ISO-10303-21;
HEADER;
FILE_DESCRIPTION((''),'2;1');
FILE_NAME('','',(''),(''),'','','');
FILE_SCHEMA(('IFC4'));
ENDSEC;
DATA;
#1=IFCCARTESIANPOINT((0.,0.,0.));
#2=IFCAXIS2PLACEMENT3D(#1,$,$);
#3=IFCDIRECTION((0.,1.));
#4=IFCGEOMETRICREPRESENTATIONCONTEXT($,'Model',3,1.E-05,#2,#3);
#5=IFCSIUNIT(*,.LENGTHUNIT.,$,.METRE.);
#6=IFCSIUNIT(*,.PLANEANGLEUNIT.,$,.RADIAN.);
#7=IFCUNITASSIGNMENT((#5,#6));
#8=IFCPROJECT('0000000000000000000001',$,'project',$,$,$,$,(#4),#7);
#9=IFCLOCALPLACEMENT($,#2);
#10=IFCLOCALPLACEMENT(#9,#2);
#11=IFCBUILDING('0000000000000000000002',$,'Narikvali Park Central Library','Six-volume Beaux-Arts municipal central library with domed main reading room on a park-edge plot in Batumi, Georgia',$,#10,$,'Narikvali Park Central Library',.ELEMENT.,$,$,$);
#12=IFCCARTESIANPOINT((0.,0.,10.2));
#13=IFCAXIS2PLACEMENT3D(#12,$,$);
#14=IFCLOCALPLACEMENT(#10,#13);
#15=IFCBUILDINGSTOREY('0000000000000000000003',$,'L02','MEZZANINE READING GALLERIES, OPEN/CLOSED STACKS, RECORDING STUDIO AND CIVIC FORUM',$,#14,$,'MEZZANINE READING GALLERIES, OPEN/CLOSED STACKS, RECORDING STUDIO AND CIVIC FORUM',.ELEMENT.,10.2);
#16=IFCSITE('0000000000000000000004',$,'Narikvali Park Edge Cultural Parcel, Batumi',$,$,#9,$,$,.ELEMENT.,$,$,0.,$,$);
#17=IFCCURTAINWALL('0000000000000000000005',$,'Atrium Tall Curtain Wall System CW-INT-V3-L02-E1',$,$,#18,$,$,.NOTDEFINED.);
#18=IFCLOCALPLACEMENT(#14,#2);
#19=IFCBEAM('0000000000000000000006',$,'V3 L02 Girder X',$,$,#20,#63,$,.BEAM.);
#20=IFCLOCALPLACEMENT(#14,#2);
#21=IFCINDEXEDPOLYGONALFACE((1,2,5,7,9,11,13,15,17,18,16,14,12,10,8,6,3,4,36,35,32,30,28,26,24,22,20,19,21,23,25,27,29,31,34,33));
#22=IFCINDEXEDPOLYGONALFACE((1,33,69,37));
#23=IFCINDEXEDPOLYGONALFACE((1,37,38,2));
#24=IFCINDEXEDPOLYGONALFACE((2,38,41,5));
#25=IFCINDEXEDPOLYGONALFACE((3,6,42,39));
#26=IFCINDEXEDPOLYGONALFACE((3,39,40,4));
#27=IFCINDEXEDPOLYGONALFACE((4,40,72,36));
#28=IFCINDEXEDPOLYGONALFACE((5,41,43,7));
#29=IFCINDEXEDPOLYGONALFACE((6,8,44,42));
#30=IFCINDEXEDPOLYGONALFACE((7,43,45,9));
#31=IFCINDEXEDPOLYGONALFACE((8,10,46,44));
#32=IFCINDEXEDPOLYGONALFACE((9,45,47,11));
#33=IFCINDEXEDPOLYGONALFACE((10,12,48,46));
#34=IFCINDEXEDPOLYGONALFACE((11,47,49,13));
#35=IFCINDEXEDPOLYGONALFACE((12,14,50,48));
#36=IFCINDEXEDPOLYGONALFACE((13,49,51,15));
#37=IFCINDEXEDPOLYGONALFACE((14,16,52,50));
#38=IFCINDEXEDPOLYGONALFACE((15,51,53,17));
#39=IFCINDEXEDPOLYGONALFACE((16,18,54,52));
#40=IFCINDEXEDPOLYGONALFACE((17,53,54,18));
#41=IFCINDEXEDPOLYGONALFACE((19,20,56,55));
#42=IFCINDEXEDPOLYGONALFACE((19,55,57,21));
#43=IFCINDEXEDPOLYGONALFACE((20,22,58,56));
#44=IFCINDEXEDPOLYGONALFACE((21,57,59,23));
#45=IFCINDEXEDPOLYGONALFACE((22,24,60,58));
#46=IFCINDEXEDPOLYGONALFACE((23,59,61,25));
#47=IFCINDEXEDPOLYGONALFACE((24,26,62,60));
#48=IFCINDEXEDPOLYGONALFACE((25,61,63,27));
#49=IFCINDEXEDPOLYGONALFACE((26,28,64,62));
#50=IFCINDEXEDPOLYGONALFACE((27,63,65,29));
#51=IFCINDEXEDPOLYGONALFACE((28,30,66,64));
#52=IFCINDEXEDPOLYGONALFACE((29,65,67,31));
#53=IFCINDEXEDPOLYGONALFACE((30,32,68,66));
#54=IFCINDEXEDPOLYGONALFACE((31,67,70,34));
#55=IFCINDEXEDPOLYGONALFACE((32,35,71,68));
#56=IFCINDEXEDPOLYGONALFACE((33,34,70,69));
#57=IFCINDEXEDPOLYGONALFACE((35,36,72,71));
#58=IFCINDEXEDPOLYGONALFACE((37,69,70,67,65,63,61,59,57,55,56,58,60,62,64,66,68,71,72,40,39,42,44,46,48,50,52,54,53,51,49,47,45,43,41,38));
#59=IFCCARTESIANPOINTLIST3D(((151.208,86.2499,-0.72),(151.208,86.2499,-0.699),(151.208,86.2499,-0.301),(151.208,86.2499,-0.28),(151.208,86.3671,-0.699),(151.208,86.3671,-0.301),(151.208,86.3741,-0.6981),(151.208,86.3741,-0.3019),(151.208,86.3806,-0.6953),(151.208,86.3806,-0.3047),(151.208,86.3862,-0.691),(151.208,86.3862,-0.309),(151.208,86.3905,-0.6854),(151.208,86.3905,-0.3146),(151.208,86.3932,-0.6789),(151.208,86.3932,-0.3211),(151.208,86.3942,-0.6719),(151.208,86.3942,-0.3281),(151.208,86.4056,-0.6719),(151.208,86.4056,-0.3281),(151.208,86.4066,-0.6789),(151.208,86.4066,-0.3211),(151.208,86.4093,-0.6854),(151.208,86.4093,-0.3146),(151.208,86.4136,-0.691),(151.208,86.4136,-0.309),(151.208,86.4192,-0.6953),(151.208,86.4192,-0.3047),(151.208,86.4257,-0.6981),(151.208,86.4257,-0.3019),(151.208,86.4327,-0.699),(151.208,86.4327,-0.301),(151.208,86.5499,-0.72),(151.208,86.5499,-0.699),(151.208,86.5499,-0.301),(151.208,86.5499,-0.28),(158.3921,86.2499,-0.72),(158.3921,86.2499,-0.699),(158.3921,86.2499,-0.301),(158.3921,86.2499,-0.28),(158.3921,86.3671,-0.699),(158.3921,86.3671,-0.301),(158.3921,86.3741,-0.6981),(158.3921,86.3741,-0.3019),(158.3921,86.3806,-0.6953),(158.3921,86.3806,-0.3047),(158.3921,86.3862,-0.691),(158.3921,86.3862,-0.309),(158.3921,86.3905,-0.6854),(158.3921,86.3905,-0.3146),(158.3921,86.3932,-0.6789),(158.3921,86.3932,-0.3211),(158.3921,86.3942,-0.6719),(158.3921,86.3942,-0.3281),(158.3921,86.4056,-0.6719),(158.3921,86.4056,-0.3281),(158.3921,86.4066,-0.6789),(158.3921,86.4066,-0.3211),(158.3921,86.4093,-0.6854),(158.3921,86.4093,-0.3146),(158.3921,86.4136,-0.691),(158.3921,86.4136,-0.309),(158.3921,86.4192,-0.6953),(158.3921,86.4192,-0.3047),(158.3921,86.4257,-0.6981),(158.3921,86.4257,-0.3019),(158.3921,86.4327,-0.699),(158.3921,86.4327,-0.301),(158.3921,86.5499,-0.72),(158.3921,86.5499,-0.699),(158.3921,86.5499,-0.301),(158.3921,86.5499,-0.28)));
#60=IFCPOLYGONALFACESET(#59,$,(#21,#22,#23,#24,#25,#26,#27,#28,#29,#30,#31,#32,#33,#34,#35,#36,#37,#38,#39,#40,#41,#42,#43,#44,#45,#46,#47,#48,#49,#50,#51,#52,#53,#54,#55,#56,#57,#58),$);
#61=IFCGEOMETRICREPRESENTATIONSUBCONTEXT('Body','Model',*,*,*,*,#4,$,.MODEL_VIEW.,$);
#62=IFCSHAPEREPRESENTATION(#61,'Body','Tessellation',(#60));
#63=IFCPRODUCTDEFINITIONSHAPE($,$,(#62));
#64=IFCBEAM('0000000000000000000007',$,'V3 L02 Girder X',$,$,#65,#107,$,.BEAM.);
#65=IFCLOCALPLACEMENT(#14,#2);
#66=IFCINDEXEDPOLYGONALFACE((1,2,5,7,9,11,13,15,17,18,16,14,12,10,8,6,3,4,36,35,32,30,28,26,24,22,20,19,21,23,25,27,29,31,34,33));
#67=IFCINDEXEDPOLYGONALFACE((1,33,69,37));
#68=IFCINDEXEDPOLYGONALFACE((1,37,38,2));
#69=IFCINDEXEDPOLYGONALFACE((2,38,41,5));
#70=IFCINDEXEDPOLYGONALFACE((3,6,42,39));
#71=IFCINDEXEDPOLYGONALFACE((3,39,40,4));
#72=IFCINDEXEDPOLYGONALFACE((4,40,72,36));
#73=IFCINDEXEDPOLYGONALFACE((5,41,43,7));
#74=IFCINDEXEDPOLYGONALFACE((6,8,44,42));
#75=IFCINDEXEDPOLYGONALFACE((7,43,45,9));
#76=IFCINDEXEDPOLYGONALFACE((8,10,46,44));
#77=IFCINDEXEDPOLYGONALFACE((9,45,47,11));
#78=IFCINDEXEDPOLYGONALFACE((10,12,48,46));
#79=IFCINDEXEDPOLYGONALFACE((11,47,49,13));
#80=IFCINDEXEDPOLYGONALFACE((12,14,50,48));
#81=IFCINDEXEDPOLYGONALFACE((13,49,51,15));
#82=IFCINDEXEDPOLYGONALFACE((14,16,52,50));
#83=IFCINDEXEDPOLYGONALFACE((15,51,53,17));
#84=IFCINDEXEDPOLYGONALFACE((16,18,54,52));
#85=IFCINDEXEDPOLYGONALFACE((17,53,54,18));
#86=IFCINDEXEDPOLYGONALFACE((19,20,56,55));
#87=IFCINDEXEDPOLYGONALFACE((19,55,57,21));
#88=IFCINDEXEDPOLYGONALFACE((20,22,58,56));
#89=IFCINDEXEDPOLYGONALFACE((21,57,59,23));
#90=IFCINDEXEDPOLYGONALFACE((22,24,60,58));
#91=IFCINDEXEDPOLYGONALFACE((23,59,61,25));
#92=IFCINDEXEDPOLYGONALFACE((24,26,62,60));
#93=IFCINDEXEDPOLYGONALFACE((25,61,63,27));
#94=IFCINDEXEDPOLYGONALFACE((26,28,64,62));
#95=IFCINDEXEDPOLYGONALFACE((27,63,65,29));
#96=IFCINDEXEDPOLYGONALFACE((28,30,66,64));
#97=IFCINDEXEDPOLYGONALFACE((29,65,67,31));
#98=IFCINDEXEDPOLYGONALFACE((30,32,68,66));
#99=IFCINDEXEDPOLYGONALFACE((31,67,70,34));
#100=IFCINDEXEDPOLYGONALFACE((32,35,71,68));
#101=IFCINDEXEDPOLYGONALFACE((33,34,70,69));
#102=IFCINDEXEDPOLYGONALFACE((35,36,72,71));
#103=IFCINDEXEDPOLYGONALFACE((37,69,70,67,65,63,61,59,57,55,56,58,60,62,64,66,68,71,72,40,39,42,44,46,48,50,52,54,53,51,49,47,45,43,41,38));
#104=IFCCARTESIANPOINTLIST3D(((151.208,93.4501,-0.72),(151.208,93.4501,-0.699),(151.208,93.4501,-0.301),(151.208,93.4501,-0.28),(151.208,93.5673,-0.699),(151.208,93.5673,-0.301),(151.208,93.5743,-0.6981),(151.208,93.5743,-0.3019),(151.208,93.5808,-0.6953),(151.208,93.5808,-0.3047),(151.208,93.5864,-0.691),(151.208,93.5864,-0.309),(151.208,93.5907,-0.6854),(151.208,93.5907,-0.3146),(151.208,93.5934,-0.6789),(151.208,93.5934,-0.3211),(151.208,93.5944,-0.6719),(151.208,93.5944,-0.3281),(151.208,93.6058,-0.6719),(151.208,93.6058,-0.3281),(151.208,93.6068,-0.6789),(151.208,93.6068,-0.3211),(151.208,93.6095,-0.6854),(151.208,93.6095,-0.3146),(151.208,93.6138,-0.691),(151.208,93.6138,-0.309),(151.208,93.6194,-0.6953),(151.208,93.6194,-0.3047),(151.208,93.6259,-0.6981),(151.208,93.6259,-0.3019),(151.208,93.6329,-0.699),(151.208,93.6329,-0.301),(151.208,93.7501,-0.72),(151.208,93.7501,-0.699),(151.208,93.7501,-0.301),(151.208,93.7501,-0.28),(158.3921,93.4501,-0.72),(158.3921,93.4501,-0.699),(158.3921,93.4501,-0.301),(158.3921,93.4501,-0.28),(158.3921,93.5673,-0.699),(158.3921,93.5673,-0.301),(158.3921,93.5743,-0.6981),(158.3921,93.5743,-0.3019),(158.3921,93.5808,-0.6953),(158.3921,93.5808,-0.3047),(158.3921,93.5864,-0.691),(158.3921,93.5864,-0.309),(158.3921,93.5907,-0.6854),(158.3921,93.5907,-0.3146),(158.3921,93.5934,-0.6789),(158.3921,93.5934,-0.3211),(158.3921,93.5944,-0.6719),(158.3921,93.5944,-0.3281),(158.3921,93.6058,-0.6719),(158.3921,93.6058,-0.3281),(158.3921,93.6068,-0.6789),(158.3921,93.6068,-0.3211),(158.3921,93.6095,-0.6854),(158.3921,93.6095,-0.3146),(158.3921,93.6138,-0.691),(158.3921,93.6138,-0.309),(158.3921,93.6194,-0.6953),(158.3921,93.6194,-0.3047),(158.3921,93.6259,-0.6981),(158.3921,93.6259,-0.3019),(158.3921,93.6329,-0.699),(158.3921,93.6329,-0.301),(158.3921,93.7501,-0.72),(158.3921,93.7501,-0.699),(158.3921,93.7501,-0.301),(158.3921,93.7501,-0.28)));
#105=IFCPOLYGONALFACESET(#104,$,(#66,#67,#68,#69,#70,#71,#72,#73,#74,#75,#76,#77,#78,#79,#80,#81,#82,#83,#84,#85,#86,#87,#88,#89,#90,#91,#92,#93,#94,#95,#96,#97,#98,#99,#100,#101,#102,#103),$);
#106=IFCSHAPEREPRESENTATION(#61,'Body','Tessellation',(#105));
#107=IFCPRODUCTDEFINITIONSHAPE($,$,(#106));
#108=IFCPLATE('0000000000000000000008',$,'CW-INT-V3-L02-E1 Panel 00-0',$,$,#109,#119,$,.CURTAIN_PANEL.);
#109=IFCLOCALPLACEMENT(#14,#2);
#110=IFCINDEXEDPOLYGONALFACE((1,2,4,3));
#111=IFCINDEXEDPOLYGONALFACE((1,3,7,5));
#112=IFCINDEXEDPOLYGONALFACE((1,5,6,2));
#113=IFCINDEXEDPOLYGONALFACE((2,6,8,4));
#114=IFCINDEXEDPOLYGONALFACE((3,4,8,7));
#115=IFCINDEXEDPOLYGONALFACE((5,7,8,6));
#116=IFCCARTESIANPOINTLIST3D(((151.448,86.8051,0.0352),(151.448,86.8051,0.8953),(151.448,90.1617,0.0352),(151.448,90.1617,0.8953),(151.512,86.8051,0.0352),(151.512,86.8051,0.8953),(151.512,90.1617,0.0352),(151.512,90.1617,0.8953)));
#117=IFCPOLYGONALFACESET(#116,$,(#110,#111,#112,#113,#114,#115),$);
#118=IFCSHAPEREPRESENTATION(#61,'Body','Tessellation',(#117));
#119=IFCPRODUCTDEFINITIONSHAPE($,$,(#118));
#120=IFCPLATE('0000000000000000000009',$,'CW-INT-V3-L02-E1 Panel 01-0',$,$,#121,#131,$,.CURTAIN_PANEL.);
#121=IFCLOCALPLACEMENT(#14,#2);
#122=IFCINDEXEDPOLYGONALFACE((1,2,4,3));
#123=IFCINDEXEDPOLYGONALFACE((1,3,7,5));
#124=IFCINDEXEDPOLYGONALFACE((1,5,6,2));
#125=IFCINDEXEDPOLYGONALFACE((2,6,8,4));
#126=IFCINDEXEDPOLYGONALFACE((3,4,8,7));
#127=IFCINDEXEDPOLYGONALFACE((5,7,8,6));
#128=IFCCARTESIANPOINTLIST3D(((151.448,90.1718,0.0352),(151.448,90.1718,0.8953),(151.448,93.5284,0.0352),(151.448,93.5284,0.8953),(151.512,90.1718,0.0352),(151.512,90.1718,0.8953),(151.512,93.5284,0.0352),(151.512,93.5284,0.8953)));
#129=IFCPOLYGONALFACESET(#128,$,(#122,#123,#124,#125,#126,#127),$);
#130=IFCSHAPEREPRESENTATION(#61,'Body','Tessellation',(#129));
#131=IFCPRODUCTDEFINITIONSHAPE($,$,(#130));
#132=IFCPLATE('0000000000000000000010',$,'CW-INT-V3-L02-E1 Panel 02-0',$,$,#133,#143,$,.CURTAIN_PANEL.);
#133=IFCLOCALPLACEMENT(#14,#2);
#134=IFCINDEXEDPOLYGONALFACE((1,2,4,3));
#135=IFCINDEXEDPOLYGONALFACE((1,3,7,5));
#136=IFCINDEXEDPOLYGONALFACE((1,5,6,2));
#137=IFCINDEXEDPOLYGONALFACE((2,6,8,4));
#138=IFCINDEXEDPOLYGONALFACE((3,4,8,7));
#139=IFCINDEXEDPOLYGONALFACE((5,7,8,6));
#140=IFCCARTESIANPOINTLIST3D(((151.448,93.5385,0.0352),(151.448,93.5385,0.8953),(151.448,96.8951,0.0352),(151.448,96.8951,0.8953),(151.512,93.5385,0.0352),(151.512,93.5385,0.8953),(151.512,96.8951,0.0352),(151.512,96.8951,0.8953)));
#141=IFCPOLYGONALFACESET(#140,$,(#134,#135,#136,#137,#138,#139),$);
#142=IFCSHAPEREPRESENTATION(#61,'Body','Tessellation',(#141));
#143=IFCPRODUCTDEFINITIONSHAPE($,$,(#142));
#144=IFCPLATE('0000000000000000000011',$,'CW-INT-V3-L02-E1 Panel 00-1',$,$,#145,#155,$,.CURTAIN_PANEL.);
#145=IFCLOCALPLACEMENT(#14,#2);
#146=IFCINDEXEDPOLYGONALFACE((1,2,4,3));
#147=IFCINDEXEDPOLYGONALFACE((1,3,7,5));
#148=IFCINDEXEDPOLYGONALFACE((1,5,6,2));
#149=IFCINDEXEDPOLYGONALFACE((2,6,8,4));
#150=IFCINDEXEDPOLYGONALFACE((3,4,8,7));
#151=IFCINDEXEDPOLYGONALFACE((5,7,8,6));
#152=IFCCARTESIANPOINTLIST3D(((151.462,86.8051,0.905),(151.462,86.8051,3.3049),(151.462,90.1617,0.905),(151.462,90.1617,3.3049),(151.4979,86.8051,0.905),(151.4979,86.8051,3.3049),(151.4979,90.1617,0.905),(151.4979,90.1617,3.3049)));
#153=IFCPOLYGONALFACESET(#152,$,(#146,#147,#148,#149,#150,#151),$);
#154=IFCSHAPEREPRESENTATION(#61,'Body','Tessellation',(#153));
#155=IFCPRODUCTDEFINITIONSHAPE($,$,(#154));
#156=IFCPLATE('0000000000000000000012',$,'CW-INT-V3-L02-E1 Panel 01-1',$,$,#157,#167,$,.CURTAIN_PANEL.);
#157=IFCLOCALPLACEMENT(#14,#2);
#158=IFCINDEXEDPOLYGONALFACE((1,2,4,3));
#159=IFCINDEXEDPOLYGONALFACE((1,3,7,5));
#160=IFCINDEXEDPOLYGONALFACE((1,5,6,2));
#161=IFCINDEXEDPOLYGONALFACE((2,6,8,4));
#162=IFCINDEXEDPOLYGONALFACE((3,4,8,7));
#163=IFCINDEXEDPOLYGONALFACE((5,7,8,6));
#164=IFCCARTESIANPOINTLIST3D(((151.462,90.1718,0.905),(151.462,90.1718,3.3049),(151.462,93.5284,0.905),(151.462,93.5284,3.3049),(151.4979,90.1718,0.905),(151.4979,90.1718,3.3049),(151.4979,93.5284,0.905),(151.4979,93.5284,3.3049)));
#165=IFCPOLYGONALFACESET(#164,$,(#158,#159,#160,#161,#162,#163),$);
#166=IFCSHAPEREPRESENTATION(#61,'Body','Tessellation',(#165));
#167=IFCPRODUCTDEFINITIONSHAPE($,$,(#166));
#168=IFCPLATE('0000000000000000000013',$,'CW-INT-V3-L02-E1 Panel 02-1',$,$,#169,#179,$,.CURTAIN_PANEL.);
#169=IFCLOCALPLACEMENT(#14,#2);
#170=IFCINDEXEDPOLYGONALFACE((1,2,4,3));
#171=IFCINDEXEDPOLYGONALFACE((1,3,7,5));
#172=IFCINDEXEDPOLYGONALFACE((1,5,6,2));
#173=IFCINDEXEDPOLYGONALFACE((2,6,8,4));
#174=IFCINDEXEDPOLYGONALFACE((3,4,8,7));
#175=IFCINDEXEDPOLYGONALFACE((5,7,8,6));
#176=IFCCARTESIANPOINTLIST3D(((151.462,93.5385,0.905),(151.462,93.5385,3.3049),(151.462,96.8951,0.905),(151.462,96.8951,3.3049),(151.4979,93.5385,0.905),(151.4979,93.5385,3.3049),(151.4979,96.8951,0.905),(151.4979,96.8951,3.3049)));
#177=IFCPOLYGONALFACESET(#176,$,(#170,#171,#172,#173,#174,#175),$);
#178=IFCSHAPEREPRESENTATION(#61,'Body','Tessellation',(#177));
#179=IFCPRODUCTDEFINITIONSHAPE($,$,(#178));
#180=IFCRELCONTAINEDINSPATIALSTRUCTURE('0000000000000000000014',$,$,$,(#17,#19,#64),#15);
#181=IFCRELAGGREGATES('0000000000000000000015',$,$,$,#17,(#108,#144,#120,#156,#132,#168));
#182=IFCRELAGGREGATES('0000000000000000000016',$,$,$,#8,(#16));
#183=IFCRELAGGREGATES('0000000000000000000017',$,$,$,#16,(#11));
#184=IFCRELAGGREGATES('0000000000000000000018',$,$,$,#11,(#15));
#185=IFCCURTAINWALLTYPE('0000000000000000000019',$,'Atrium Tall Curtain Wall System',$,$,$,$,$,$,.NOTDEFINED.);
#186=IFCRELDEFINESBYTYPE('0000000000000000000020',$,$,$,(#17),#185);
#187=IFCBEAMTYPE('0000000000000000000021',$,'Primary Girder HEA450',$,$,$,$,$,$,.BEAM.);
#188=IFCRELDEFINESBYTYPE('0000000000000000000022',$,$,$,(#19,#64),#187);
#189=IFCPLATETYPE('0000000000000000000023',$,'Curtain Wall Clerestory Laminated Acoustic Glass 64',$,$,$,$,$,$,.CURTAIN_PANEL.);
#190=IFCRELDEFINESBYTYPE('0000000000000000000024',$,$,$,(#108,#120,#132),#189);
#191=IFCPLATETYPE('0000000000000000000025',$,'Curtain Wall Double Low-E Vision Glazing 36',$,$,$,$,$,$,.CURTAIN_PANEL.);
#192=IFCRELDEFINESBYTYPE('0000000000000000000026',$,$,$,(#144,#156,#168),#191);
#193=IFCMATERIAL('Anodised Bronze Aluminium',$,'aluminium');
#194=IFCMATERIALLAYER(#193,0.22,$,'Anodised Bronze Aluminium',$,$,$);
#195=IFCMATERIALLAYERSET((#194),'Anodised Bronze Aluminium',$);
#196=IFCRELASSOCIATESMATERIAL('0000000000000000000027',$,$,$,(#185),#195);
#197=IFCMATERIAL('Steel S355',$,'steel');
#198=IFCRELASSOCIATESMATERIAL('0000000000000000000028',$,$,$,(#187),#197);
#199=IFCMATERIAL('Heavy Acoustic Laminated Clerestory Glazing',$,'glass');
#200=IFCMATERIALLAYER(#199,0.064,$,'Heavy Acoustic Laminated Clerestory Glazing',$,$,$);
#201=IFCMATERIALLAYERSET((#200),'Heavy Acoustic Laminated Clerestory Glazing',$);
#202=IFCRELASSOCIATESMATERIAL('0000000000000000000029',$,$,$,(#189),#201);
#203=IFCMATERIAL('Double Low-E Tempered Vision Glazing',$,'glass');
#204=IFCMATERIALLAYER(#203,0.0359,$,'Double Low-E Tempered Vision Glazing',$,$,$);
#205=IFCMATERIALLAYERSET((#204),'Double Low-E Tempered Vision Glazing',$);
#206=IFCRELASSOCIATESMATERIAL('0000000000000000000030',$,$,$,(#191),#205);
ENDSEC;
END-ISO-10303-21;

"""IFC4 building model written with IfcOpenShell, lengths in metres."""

from ifc_helpers import new_model, si_unit, direction, frame, origin, origin_2d, place, context, subcontext, project, spatial, rectangle, i_section, extrude, material, layer, layer_set, material_profile, profile_set, type_object, element, aggregate, save


model = new_model("IFC4")

# Units and contexts
model_context = context("Model", 3, precision=1e-05, world=origin(), true_north=direction((0.0, 1.0)))
body_context = subcontext(model_context, "Body", "Model", "MODEL_VIEW")
ifc_project = project(units=[si_unit("LENGTHUNIT", "METRE"), si_unit("PLANEANGLEUNIT", "RADIAN")], contexts=[model_context])

# Site, building, storey
site_placement = place(None, origin())
site = spatial("IfcSite", under=ifc_project, at=site_placement, Name="Narikvali Park Edge Cultural Parcel, Batumi", CompositionType="ELEMENT", RefElevation=0.0)
building_placement = place(site_placement, origin())
building = spatial("IfcBuilding", under=site, at=building_placement, Name="Narikvali Park Central Library", Description="Six-volume Beaux-Arts municipal central library with domed main reading room on a park-edge plot in Batumi, Georgia", LongName="Narikvali Park Central Library", CompositionType="ELEMENT")
storey_placement = place(building_placement, frame((0.0, 0.0, 10.2)))
storey = spatial("IfcBuildingStorey", under=building, at=storey_placement, Name="L02", Description="MEZZANINE READING GALLERIES, OPEN/CLOSED STACKS, RECORDING STUDIO AND CIVIC FORUM", LongName="MEZZANINE READING GALLERIES, OPEN/CLOSED STACKS, RECORDING STUDIO AND CIVIC FORUM", CompositionType="ELEMENT", Elevation=10.2)

# Shared definitions
ifc_material_1 = material(Name="Steel S355", Category="steel")

# Curtain wall
ifc_material_2 = material(Name="Anodised Bronze Aluminium", Category="aluminium")
ifc_layer_1 = layer(ifc_material_2, 0.22, Name="Anodised Bronze Aluminium")
ifc_layer_set_1 = layer_set([ifc_layer_1], Name="Anodised Bronze Aluminium")
curtain_wall_type = type_object("IfcCurtainWallType", Name="Atrium Tall Curtain Wall System", PredefinedType="NOTDEFINED", material=ifc_layer_set_1)
curtain_wall_1_placement = place(storey_placement, origin())
curtain_wall_1 = element("IfcCurtainWall", 1, at=curtain_wall_1_placement, inside=storey, type_object=curtain_wall_type, Name="Atrium Tall Curtain Wall System CW-INT-V3-L02-E1", PredefinedType="NOTDEFINED")

# Beams
ifc_material_profile_1 = material_profile(ifc_material_1, i_section(OverallWidth=0.3, OverallDepth=0.4399, WebThickness=0.0115, FlangeThickness=0.021, FilletRadius=0.0271, at=origin_2d()), Name="HEA 450")
ifc_profile_set_1 = profile_set([ifc_material_profile_1], Name="Steel S355")
beam_type_1 = type_object("IfcBeamType", Name="Primary Girder HEA450", PredefinedType="BEAM", material=ifc_profile_set_1)
for number, where, z_axis, x_axis, name in (
    (2, (151.208, 86.3999, -0.5), (1.0, 0.0, 0.0), (0.0, 1.0, 0.0), "V3 L02 Girder X"),
    (3, (151.208, 93.6001, -0.5), (1.0, 0.0, 0.0), (0.0, 1.0, 0.0), "V3 L02 Girder X"),
):
    element("IfcBeam", number, at=place(storey_placement, frame(where, z_axis=z_axis, x_axis=x_axis)), inside=storey, type_object=beam_type_1, Name=name, PredefinedType="BEAM", context=body_context, shape_type="SweptSolid", body=[
        extrude(i_section(OverallWidth=0.3, OverallDepth=0.4399, WebThickness=0.0115, FlangeThickness=0.021, FilletRadius=0.0271, at=origin_2d()), origin(), (0.0, 0.0, 1.0), 7.1841),
    ])

# Plates
ifc_material_3 = material(Name="Heavy Acoustic Laminated Clerestory Glazing", Category="glass")
ifc_layer_2 = layer(ifc_material_3, 0.064, Name="Heavy Acoustic Laminated Clerestory Glazing")
ifc_layer_set_2 = layer_set([ifc_layer_2], Name="Heavy Acoustic Laminated Clerestory Glazing")
plate_type_1 = type_object("IfcPlateType", Name="Curtain Wall Clerestory Laminated Acoustic Glass 64", PredefinedType="CURTAIN_PANEL", material=ifc_layer_set_2)
plate_1_placement = place(storey_placement, frame((151.48, 88.4834, 0.0352), z_axis=(0.0, 0.0, 1.0), x_axis=(0.0, 1.0, 0.0)))
plate_1 = element("IfcPlate", 4, at=plate_1_placement, type_object=plate_type_1, Name="CW-INT-V3-L02-E1 Panel 00-0", PredefinedType="CURTAIN_PANEL", context=body_context, shape_type="SweptSolid", body=[
    extrude(rectangle(XDim=3.3567, YDim=0.064, at=origin_2d()), origin(), (0.0, 0.0, 1.0), 0.8601),
])
plate_2_placement = place(storey_placement, frame((151.48, 91.8501, 0.0352), z_axis=(0.0, 0.0, 1.0), x_axis=(0.0, 1.0, 0.0)))
plate_2 = element("IfcPlate", 5, at=plate_2_placement, type_object=plate_type_1, Name="CW-INT-V3-L02-E1 Panel 01-0", PredefinedType="CURTAIN_PANEL", context=body_context, shape_type="SweptSolid", body=[
    extrude(rectangle(XDim=3.3567, YDim=0.064, at=origin_2d()), origin(), (0.0, 0.0, 1.0), 0.8601),
])
plate_3_placement = place(storey_placement, frame((151.48, 95.2168, 0.0352), z_axis=(0.0, 0.0, 1.0), x_axis=(0.0, 1.0, 0.0)))
plate_3 = element("IfcPlate", 6, at=plate_3_placement, type_object=plate_type_1, Name="CW-INT-V3-L02-E1 Panel 02-0", PredefinedType="CURTAIN_PANEL", context=body_context, shape_type="SweptSolid", body=[
    extrude(rectangle(XDim=3.3567, YDim=0.064, at=origin_2d()), origin(), (0.0, 0.0, 1.0), 0.8601),
])
ifc_material_4 = material(Name="Double Low-E Tempered Vision Glazing", Category="glass")
ifc_layer_3 = layer(ifc_material_4, 0.0359, Name="Double Low-E Tempered Vision Glazing")
ifc_layer_set_3 = layer_set([ifc_layer_3], Name="Double Low-E Tempered Vision Glazing")
plate_type_2 = type_object("IfcPlateType", Name="Curtain Wall Double Low-E Vision Glazing 36", PredefinedType="CURTAIN_PANEL", material=ifc_layer_set_3)
plate_4_placement = place(storey_placement, frame((151.48, 88.4834, 0.905), z_axis=(0.0, 0.0, 1.0), x_axis=(0.0, 1.0, 0.0)))
plate_4 = element("IfcPlate", 7, at=plate_4_placement, type_object=plate_type_2, Name="CW-INT-V3-L02-E1 Panel 00-1", PredefinedType="CURTAIN_PANEL", context=body_context, shape_type="SweptSolid", body=[
    extrude(rectangle(XDim=3.3567, YDim=0.0359, at=origin_2d()), origin(), (0.0, 0.0, 1.0), 2.3999),
])
plate_5_placement = place(storey_placement, frame((151.48, 91.8501, 0.905), z_axis=(0.0, 0.0, 1.0), x_axis=(0.0, 1.0, 0.0)))
plate_5 = element("IfcPlate", 8, at=plate_5_placement, type_object=plate_type_2, Name="CW-INT-V3-L02-E1 Panel 01-1", PredefinedType="CURTAIN_PANEL", context=body_context, shape_type="SweptSolid", body=[
    extrude(rectangle(XDim=3.3567, YDim=0.0359, at=origin_2d()), origin(), (0.0, 0.0, 1.0), 2.3999),
])
plate_6_placement = place(storey_placement, frame((151.48, 95.2168, 0.905), z_axis=(0.0, 0.0, 1.0), x_axis=(0.0, 1.0, 0.0)))
plate_6 = element("IfcPlate", 9, at=plate_6_placement, type_object=plate_type_2, Name="CW-INT-V3-L02-E1 Panel 02-1", PredefinedType="CURTAIN_PANEL", context=body_context, shape_type="SweptSolid", body=[
    extrude(rectangle(XDim=3.3567, YDim=0.0359, at=origin_2d()), origin(), (0.0, 0.0, 1.0), 2.3999),
])
aggregate(curtain_wall_1, [plate_1, plate_4, plate_2, plate_5, plate_3, plate_6])

save(model, "model.ifc")
